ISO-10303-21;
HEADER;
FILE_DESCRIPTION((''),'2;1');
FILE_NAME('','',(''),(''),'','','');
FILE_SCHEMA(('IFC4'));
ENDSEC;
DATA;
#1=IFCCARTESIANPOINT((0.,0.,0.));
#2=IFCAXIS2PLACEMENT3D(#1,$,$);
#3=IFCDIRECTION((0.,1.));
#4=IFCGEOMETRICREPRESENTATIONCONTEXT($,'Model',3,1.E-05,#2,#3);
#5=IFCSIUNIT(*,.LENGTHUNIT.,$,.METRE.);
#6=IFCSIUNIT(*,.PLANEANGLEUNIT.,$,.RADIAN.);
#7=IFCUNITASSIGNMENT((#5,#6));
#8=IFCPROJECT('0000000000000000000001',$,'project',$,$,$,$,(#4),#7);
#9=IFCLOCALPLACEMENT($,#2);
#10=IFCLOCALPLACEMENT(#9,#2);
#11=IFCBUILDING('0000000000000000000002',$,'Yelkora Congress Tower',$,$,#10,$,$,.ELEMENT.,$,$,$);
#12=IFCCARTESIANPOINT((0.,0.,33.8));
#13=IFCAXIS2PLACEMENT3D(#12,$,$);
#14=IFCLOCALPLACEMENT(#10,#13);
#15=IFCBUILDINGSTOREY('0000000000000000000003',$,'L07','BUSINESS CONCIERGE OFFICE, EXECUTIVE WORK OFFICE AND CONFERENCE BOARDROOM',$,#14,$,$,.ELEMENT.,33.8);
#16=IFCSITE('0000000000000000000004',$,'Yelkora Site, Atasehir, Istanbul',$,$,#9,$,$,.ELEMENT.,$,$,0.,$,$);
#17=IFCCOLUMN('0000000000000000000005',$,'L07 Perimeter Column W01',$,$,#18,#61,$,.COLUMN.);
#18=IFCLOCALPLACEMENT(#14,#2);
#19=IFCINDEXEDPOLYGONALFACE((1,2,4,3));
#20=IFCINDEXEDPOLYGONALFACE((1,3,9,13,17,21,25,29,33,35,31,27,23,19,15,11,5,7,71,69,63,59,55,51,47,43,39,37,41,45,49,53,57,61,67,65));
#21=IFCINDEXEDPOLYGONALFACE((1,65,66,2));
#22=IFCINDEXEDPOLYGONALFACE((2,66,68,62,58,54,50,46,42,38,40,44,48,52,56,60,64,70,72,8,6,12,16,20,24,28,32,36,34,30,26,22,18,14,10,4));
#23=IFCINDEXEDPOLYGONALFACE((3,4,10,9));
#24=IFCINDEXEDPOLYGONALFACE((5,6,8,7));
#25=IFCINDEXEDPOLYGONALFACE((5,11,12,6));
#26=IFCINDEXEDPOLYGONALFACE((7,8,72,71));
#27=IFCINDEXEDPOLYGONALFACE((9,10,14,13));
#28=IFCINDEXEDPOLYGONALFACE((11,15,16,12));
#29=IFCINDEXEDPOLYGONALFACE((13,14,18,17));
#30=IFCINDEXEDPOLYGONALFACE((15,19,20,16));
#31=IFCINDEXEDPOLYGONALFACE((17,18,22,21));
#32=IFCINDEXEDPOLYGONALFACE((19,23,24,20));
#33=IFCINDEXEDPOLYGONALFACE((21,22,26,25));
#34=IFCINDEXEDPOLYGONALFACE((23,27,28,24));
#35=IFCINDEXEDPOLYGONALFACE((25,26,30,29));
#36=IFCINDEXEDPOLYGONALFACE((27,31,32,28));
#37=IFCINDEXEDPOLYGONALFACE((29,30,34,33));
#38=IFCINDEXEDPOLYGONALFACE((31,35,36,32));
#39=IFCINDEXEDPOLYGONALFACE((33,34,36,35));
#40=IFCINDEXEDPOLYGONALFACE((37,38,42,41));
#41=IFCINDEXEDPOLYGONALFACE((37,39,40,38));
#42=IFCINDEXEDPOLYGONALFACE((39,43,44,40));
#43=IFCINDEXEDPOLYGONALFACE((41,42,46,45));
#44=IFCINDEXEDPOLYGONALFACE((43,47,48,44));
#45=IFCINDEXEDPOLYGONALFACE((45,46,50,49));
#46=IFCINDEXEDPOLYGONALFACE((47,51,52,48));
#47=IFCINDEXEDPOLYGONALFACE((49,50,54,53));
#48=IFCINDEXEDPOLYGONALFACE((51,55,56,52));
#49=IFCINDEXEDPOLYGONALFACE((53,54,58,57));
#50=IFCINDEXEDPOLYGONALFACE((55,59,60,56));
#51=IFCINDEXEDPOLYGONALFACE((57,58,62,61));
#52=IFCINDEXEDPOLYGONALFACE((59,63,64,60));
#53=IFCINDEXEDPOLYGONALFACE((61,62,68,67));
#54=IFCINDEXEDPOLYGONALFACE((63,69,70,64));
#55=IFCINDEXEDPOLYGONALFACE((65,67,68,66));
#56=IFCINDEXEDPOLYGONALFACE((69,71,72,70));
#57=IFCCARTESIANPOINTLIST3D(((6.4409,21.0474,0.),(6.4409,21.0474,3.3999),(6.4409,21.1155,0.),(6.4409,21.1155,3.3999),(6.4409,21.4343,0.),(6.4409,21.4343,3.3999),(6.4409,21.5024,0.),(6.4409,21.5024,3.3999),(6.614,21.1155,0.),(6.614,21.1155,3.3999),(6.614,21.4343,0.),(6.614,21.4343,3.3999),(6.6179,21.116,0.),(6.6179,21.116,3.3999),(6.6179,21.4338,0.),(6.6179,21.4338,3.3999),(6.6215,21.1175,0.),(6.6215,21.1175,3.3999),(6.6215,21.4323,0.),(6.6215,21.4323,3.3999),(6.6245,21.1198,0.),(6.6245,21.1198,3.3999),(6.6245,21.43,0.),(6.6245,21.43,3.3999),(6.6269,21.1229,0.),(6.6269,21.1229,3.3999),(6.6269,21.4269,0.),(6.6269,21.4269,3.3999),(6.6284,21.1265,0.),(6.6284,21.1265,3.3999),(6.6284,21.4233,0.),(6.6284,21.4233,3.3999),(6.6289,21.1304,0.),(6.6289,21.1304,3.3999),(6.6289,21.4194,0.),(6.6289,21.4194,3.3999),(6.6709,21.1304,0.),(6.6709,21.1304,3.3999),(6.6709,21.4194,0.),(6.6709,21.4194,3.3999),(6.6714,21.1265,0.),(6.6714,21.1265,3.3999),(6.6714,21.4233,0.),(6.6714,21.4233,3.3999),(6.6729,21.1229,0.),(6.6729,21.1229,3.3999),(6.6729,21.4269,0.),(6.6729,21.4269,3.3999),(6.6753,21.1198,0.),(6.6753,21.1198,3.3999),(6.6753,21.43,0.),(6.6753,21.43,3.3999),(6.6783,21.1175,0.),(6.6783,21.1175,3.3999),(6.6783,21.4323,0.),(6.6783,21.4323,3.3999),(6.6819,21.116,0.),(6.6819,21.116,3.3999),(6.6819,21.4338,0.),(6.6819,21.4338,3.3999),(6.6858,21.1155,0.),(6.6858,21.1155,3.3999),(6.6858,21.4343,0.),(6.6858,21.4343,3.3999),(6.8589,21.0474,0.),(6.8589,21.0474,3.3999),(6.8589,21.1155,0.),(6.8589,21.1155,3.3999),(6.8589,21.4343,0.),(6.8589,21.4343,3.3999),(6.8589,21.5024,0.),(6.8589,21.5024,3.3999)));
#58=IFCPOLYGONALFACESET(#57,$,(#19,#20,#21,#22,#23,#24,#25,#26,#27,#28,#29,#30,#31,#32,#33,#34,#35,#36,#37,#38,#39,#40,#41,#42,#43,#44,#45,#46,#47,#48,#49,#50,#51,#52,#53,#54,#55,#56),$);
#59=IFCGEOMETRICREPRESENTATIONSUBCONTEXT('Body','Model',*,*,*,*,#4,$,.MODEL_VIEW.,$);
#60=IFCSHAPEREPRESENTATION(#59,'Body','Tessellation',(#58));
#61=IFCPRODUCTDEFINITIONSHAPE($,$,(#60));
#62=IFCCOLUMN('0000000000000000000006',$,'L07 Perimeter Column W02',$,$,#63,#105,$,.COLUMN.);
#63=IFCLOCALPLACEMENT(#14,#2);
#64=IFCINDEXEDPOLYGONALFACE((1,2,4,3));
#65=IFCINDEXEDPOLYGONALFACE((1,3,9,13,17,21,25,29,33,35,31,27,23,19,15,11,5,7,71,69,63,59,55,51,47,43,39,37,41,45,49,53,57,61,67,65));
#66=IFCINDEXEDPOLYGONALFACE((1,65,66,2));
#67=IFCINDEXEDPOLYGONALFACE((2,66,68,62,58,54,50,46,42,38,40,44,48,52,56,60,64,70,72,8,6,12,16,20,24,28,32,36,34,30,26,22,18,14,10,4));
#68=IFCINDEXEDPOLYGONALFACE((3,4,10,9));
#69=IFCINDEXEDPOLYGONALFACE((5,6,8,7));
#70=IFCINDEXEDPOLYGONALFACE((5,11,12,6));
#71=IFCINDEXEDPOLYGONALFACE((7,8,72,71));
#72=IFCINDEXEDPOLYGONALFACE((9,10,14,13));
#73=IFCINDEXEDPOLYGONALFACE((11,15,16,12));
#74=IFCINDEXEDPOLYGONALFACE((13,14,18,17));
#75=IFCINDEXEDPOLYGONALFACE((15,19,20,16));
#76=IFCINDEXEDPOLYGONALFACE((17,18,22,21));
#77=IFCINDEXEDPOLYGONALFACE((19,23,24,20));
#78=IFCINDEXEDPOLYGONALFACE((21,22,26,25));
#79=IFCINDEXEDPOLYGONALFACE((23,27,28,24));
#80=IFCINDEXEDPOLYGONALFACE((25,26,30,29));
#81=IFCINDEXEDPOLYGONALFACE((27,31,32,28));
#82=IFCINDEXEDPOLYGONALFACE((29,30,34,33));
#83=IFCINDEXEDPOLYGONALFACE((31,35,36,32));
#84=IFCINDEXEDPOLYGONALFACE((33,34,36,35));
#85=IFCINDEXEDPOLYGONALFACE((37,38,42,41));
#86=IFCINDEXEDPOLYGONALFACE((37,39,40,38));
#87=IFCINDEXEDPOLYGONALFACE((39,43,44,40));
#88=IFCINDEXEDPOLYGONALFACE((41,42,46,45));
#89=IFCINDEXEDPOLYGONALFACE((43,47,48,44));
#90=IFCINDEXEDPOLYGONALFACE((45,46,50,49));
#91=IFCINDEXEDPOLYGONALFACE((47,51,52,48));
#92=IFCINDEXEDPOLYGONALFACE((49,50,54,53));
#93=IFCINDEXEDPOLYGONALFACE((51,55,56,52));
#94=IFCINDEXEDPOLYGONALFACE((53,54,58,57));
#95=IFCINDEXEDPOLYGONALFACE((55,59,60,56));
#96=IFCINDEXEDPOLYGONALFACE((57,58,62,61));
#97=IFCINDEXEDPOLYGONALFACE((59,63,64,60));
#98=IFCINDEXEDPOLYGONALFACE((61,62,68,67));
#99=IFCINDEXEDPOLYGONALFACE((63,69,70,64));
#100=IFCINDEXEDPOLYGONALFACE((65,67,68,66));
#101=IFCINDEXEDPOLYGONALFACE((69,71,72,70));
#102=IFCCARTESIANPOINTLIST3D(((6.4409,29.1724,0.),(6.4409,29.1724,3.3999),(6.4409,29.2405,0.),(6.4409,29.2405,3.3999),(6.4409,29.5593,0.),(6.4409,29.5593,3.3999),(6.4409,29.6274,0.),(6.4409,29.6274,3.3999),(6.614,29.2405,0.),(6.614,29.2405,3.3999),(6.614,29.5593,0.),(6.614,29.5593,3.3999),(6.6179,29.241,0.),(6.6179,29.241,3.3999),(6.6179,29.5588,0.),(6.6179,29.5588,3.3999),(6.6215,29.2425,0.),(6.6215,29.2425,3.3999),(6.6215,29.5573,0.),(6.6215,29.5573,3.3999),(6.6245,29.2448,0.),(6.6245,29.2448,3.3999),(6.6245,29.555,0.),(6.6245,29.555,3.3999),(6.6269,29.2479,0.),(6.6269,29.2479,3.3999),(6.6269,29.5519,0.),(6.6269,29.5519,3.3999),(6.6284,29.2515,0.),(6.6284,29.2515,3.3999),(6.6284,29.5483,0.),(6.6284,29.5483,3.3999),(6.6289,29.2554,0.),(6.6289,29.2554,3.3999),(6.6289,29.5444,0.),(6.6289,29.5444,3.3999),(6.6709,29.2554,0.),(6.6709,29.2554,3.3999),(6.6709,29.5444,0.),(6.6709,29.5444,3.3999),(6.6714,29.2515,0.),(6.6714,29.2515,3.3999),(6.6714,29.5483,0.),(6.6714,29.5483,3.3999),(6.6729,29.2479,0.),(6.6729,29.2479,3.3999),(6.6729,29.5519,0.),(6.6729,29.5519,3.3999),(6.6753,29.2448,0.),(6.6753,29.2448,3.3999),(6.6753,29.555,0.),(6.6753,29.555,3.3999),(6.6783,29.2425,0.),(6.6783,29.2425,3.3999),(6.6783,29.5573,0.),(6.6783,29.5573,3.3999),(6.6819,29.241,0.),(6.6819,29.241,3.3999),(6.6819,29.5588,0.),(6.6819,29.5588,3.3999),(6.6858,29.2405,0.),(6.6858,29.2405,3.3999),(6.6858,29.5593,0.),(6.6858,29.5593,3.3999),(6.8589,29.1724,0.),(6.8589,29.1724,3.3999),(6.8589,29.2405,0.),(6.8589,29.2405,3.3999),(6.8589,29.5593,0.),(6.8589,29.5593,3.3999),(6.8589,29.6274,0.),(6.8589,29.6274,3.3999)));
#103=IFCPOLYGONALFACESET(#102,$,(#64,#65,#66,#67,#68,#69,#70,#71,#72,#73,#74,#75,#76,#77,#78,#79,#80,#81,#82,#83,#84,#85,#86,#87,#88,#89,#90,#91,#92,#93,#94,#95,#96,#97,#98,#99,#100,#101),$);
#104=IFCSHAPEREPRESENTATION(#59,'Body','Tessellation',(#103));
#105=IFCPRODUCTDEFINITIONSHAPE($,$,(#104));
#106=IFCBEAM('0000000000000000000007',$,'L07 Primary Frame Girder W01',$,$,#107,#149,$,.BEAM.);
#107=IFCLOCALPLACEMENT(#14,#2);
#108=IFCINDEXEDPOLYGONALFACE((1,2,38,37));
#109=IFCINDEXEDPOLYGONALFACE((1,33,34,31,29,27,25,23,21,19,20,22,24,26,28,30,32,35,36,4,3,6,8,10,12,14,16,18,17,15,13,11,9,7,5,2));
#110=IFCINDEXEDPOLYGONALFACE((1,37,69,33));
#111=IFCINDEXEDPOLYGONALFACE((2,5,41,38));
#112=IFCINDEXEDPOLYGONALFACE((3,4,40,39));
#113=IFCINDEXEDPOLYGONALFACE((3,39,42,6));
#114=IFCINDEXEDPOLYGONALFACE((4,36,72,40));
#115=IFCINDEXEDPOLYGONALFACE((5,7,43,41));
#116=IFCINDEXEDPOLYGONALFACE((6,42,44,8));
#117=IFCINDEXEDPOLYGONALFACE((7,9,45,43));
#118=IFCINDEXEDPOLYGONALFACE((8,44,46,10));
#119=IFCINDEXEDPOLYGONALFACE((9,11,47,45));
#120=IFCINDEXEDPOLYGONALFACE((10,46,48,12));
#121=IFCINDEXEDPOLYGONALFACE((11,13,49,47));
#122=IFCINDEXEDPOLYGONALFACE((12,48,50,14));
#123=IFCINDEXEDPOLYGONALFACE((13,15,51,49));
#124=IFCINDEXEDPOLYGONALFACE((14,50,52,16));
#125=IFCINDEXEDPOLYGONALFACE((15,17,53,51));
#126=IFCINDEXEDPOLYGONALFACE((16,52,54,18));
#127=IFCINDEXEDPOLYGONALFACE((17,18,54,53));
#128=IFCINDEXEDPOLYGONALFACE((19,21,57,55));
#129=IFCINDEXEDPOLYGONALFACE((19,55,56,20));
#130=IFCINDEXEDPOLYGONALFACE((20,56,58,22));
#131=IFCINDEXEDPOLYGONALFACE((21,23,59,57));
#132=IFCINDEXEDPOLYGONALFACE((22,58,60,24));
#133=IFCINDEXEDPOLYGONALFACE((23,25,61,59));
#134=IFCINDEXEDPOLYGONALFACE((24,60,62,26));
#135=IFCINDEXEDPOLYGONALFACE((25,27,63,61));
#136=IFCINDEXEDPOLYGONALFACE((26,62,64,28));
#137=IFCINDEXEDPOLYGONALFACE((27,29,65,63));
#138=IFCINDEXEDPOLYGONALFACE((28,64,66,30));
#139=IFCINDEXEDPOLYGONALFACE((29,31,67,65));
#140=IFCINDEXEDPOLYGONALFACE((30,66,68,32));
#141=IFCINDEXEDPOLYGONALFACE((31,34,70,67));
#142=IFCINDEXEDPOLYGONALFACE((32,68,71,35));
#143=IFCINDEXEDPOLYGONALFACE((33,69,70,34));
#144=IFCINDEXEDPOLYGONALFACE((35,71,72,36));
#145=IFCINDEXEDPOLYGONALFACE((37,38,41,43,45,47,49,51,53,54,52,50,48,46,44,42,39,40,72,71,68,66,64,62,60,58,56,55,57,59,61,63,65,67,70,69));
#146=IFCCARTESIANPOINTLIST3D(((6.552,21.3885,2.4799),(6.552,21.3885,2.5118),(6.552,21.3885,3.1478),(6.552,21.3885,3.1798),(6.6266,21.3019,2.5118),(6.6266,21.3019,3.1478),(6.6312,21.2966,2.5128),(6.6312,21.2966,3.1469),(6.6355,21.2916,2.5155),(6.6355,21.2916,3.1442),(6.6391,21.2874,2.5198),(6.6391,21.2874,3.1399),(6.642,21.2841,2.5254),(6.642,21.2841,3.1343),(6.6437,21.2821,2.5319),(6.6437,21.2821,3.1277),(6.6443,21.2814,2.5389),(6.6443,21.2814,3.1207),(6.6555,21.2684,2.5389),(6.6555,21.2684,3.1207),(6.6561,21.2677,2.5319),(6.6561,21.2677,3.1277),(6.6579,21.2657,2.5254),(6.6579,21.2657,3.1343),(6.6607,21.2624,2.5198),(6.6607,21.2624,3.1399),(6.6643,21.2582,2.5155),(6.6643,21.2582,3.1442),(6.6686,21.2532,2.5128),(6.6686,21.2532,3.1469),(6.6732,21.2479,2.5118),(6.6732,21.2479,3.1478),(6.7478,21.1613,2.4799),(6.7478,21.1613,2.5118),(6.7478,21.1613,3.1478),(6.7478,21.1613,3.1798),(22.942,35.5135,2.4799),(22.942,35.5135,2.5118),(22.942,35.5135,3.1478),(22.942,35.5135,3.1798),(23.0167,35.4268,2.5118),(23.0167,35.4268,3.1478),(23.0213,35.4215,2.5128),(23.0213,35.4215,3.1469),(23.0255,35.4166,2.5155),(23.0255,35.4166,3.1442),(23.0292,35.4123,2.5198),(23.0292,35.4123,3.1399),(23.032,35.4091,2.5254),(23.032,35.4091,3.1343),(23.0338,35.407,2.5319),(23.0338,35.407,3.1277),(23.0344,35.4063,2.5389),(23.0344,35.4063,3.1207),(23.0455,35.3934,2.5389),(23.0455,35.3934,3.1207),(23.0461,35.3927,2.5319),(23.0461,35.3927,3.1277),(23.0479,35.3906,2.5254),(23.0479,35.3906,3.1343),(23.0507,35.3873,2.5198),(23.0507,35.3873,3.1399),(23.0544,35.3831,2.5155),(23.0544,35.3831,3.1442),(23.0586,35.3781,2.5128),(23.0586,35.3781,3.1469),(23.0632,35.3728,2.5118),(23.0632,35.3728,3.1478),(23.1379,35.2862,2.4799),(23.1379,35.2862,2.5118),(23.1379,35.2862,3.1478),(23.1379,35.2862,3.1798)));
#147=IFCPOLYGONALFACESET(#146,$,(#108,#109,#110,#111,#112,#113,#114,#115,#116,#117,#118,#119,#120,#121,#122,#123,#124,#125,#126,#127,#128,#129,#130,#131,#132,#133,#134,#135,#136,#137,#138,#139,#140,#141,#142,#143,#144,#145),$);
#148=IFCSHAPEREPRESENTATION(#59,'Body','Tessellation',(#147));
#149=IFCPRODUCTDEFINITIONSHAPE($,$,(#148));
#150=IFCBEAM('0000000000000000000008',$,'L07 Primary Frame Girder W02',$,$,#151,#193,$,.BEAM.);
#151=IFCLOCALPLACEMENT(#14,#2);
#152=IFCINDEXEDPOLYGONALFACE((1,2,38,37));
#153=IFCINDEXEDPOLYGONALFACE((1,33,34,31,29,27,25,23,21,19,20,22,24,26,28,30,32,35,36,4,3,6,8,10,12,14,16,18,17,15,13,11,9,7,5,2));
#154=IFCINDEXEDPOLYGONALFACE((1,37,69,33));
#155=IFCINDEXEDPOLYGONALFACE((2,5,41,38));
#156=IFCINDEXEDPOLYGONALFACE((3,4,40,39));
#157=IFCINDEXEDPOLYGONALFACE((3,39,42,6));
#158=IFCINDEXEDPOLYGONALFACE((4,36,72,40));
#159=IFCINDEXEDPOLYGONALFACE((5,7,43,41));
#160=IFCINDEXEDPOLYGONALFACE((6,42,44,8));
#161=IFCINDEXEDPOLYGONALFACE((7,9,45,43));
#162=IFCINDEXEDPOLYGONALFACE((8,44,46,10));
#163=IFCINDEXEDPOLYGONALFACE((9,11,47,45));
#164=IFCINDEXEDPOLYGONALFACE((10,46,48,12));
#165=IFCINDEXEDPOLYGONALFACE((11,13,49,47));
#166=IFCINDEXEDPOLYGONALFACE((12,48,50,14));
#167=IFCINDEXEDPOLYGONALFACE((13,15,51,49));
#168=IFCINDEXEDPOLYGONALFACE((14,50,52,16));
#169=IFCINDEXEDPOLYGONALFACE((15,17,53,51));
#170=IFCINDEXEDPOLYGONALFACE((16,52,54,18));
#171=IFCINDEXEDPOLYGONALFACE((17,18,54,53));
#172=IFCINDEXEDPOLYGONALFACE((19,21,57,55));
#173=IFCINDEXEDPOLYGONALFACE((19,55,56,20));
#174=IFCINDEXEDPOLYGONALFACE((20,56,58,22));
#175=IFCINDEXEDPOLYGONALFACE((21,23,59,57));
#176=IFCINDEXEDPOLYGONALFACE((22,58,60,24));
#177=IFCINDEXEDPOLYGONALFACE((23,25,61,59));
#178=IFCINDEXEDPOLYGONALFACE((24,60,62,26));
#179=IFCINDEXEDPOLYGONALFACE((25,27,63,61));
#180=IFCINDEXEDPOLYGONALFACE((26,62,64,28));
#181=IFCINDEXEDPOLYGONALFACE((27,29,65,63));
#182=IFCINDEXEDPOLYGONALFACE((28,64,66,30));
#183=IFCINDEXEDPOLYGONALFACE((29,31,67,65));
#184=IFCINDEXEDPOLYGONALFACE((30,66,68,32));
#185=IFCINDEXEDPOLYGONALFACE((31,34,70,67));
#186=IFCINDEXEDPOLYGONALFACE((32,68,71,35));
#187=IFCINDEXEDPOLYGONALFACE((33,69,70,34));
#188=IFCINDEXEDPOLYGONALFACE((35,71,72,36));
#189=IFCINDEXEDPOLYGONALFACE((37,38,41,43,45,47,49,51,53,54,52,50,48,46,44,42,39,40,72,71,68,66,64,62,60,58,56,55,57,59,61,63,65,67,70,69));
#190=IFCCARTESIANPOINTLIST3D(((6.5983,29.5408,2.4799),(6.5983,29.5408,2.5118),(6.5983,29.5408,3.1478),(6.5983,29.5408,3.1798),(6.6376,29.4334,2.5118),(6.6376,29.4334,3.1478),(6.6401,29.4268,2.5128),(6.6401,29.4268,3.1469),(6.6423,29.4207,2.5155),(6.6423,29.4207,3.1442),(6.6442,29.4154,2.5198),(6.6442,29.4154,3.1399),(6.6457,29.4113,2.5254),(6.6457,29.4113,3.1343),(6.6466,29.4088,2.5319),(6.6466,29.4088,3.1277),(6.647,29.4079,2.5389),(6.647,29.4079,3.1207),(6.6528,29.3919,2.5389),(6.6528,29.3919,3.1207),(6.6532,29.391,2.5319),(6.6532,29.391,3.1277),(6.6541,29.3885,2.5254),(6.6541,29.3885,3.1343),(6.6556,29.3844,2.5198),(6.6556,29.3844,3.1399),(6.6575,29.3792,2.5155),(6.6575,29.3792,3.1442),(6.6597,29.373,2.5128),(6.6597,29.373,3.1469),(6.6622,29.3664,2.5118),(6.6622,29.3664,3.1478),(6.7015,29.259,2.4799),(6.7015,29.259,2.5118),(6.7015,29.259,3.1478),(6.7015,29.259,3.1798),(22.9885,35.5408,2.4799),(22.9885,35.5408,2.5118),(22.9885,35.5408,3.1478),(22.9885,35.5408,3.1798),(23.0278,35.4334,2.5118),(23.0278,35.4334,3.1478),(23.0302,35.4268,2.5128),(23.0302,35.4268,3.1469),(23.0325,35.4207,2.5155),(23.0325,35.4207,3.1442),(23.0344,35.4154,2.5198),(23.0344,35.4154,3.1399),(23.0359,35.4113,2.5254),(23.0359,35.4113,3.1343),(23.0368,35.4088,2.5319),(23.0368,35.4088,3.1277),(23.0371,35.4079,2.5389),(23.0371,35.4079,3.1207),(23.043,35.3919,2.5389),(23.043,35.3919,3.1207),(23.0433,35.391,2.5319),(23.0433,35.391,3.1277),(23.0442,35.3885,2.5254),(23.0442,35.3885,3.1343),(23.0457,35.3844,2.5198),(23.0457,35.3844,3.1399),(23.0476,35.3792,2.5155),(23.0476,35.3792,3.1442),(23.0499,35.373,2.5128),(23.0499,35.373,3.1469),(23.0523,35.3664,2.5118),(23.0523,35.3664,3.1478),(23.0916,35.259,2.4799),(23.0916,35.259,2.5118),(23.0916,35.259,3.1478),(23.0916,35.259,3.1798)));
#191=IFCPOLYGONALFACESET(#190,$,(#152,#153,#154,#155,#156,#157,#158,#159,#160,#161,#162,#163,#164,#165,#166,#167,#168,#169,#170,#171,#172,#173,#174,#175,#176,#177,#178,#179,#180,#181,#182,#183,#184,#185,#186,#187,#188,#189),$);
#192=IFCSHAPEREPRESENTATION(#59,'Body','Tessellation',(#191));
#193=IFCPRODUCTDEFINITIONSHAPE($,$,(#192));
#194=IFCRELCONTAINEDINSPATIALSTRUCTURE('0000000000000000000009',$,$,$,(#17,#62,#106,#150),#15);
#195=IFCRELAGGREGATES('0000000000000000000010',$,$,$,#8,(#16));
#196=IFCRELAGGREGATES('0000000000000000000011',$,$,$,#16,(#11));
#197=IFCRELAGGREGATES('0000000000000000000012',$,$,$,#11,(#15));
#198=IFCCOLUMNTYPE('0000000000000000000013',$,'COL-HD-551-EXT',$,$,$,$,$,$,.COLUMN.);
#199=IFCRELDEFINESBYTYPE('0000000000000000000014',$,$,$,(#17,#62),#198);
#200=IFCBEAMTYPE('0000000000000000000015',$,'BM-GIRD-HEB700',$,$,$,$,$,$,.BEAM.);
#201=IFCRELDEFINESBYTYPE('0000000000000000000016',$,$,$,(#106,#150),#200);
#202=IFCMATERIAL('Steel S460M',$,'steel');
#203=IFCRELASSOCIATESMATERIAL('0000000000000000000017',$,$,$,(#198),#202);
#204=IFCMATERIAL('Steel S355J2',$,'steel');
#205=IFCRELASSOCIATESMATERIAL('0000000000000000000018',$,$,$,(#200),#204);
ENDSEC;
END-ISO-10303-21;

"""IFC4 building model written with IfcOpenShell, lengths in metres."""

from ifc_helpers import new_model, si_unit, direction, frame, origin, origin_2d, place, context, subcontext, project, spatial, i_section, extrude, material, material_profile, profile_set, type_object, element, save


model = new_model("IFC4")

# Units and contexts
model_context = context("Model", 3, precision=1e-05, world=origin(), true_north=direction((0.0, 1.0)))
body_context = subcontext(model_context, "Body", "Model", "MODEL_VIEW")
ifc_project = project(units=[si_unit("LENGTHUNIT", "METRE"), si_unit("PLANEANGLEUNIT", "RADIAN")], contexts=[model_context])

# Site, building, storey
site_placement = place(None, origin())
site = spatial("IfcSite", under=ifc_project, at=site_placement, Name="Yelkora Site, Atasehir, Istanbul", CompositionType="ELEMENT", RefElevation=0.0)
building_placement = place(site_placement, origin())
building = spatial("IfcBuilding", under=site, at=building_placement, Name="Yelkora Congress Tower", CompositionType="ELEMENT")
storey_placement = place(building_placement, frame((0.0, 0.0, 33.8)))
storey = spatial("IfcBuildingStorey", under=building, at=storey_placement, Name="L07", Description="BUSINESS CONCIERGE OFFICE, EXECUTIVE WORK OFFICE AND CONFERENCE BOARDROOM", CompositionType="ELEMENT", Elevation=33.8)

# Columns
ifc_material_1 = material(Name="Steel S460M", Category="steel")
ifc_material_profile_1 = material_profile(ifc_material_1, i_section(OverallWidth=0.418, OverallDepth=0.4551, WebThickness=0.042, FlangeThickness=0.0681, FilletRadius=0.0149, at=origin_2d()), Name="HD 400x551")
ifc_profile_set_1 = profile_set([ifc_material_profile_1], Name="Steel S460M")
column_type = type_object("IfcColumnType", Name="COL-HD-551-EXT", PredefinedType="COLUMN", material=ifc_profile_set_1)
for number, where, z_axis, x_axis, name in (
    (1, (6.6499, 21.2749, 0.0), (0.0, 0.0, 1.0), (1.0, 0.0, 0.0), "L07 Perimeter Column W01"),
    (2, (6.6499, 29.3999, 0.0), (0.0, 0.0, 1.0), (1.0, 0.0, 0.0), "L07 Perimeter Column W02"),
):
    element("IfcColumn", number, at=place(storey_placement, frame(where, z_axis=z_axis, x_axis=x_axis)), inside=storey, type_object=column_type, Name=name, PredefinedType="COLUMN", context=body_context, shape_type="SweptSolid", body=[
        extrude(i_section(OverallWidth=0.418, OverallDepth=0.4551, WebThickness=0.042, FlangeThickness=0.0681, FilletRadius=0.0149, at=origin_2d()), origin(), (0.0, 0.0, 1.0), 3.3999),
    ])

# Beams
ifc_material_2 = material(Name="Steel S355J2", Category="steel")
ifc_material_profile_2 = material_profile(ifc_material_2, i_section(OverallWidth=0.3, OverallDepth=0.7, WebThickness=0.0171, FlangeThickness=0.032, FilletRadius=0.0271, at=origin_2d()), Name="HEB 700")
ifc_profile_set_2 = profile_set([ifc_material_profile_2], Name="Steel S355J2")
beam_type_1 = type_object("IfcBeamType", Name="BM-GIRD-HEB700", PredefinedType="BEAM", material=ifc_profile_set_2)
beam_1_placement = place(storey_placement, frame((6.6499, 21.2749, 2.8298), z_axis=(0.757511, 0.652822, 0.0), x_axis=(-0.652822, 0.757511, 0.0)))
element("IfcBeam", 3, at=beam_1_placement, inside=storey, type_object=beam_type_1, Name="L07 Primary Frame Girder W01", PredefinedType="BEAM", context=body_context, shape_type="SweptSolid", body=[
    extrude(i_section(OverallWidth=0.3, OverallDepth=0.7, WebThickness=0.0171, FlangeThickness=0.032, FilletRadius=0.0271, at=origin_2d()), origin(), (0.0, 0.0, 1.0), 21.6367),
])
beam_2_placement = place(storey_placement, frame((6.6499, 29.3999, 2.8298), z_axis=(0.939056, 0.343764, 0.0), x_axis=(-0.343764, 0.939056, 0.0)))
element("IfcBeam", 4, at=beam_2_placement, inside=storey, type_object=beam_type_1, Name="L07 Primary Frame Girder W02", PredefinedType="BEAM", context=body_context, shape_type="SweptSolid", body=[
    extrude(i_section(OverallWidth=0.3, OverallDepth=0.7, WebThickness=0.0171, FlangeThickness=0.032, FilletRadius=0.0271, at=origin_2d()), origin(), (0.0, 0.0, 1.0), 17.4539),
])

save(model, "model.ifc")
